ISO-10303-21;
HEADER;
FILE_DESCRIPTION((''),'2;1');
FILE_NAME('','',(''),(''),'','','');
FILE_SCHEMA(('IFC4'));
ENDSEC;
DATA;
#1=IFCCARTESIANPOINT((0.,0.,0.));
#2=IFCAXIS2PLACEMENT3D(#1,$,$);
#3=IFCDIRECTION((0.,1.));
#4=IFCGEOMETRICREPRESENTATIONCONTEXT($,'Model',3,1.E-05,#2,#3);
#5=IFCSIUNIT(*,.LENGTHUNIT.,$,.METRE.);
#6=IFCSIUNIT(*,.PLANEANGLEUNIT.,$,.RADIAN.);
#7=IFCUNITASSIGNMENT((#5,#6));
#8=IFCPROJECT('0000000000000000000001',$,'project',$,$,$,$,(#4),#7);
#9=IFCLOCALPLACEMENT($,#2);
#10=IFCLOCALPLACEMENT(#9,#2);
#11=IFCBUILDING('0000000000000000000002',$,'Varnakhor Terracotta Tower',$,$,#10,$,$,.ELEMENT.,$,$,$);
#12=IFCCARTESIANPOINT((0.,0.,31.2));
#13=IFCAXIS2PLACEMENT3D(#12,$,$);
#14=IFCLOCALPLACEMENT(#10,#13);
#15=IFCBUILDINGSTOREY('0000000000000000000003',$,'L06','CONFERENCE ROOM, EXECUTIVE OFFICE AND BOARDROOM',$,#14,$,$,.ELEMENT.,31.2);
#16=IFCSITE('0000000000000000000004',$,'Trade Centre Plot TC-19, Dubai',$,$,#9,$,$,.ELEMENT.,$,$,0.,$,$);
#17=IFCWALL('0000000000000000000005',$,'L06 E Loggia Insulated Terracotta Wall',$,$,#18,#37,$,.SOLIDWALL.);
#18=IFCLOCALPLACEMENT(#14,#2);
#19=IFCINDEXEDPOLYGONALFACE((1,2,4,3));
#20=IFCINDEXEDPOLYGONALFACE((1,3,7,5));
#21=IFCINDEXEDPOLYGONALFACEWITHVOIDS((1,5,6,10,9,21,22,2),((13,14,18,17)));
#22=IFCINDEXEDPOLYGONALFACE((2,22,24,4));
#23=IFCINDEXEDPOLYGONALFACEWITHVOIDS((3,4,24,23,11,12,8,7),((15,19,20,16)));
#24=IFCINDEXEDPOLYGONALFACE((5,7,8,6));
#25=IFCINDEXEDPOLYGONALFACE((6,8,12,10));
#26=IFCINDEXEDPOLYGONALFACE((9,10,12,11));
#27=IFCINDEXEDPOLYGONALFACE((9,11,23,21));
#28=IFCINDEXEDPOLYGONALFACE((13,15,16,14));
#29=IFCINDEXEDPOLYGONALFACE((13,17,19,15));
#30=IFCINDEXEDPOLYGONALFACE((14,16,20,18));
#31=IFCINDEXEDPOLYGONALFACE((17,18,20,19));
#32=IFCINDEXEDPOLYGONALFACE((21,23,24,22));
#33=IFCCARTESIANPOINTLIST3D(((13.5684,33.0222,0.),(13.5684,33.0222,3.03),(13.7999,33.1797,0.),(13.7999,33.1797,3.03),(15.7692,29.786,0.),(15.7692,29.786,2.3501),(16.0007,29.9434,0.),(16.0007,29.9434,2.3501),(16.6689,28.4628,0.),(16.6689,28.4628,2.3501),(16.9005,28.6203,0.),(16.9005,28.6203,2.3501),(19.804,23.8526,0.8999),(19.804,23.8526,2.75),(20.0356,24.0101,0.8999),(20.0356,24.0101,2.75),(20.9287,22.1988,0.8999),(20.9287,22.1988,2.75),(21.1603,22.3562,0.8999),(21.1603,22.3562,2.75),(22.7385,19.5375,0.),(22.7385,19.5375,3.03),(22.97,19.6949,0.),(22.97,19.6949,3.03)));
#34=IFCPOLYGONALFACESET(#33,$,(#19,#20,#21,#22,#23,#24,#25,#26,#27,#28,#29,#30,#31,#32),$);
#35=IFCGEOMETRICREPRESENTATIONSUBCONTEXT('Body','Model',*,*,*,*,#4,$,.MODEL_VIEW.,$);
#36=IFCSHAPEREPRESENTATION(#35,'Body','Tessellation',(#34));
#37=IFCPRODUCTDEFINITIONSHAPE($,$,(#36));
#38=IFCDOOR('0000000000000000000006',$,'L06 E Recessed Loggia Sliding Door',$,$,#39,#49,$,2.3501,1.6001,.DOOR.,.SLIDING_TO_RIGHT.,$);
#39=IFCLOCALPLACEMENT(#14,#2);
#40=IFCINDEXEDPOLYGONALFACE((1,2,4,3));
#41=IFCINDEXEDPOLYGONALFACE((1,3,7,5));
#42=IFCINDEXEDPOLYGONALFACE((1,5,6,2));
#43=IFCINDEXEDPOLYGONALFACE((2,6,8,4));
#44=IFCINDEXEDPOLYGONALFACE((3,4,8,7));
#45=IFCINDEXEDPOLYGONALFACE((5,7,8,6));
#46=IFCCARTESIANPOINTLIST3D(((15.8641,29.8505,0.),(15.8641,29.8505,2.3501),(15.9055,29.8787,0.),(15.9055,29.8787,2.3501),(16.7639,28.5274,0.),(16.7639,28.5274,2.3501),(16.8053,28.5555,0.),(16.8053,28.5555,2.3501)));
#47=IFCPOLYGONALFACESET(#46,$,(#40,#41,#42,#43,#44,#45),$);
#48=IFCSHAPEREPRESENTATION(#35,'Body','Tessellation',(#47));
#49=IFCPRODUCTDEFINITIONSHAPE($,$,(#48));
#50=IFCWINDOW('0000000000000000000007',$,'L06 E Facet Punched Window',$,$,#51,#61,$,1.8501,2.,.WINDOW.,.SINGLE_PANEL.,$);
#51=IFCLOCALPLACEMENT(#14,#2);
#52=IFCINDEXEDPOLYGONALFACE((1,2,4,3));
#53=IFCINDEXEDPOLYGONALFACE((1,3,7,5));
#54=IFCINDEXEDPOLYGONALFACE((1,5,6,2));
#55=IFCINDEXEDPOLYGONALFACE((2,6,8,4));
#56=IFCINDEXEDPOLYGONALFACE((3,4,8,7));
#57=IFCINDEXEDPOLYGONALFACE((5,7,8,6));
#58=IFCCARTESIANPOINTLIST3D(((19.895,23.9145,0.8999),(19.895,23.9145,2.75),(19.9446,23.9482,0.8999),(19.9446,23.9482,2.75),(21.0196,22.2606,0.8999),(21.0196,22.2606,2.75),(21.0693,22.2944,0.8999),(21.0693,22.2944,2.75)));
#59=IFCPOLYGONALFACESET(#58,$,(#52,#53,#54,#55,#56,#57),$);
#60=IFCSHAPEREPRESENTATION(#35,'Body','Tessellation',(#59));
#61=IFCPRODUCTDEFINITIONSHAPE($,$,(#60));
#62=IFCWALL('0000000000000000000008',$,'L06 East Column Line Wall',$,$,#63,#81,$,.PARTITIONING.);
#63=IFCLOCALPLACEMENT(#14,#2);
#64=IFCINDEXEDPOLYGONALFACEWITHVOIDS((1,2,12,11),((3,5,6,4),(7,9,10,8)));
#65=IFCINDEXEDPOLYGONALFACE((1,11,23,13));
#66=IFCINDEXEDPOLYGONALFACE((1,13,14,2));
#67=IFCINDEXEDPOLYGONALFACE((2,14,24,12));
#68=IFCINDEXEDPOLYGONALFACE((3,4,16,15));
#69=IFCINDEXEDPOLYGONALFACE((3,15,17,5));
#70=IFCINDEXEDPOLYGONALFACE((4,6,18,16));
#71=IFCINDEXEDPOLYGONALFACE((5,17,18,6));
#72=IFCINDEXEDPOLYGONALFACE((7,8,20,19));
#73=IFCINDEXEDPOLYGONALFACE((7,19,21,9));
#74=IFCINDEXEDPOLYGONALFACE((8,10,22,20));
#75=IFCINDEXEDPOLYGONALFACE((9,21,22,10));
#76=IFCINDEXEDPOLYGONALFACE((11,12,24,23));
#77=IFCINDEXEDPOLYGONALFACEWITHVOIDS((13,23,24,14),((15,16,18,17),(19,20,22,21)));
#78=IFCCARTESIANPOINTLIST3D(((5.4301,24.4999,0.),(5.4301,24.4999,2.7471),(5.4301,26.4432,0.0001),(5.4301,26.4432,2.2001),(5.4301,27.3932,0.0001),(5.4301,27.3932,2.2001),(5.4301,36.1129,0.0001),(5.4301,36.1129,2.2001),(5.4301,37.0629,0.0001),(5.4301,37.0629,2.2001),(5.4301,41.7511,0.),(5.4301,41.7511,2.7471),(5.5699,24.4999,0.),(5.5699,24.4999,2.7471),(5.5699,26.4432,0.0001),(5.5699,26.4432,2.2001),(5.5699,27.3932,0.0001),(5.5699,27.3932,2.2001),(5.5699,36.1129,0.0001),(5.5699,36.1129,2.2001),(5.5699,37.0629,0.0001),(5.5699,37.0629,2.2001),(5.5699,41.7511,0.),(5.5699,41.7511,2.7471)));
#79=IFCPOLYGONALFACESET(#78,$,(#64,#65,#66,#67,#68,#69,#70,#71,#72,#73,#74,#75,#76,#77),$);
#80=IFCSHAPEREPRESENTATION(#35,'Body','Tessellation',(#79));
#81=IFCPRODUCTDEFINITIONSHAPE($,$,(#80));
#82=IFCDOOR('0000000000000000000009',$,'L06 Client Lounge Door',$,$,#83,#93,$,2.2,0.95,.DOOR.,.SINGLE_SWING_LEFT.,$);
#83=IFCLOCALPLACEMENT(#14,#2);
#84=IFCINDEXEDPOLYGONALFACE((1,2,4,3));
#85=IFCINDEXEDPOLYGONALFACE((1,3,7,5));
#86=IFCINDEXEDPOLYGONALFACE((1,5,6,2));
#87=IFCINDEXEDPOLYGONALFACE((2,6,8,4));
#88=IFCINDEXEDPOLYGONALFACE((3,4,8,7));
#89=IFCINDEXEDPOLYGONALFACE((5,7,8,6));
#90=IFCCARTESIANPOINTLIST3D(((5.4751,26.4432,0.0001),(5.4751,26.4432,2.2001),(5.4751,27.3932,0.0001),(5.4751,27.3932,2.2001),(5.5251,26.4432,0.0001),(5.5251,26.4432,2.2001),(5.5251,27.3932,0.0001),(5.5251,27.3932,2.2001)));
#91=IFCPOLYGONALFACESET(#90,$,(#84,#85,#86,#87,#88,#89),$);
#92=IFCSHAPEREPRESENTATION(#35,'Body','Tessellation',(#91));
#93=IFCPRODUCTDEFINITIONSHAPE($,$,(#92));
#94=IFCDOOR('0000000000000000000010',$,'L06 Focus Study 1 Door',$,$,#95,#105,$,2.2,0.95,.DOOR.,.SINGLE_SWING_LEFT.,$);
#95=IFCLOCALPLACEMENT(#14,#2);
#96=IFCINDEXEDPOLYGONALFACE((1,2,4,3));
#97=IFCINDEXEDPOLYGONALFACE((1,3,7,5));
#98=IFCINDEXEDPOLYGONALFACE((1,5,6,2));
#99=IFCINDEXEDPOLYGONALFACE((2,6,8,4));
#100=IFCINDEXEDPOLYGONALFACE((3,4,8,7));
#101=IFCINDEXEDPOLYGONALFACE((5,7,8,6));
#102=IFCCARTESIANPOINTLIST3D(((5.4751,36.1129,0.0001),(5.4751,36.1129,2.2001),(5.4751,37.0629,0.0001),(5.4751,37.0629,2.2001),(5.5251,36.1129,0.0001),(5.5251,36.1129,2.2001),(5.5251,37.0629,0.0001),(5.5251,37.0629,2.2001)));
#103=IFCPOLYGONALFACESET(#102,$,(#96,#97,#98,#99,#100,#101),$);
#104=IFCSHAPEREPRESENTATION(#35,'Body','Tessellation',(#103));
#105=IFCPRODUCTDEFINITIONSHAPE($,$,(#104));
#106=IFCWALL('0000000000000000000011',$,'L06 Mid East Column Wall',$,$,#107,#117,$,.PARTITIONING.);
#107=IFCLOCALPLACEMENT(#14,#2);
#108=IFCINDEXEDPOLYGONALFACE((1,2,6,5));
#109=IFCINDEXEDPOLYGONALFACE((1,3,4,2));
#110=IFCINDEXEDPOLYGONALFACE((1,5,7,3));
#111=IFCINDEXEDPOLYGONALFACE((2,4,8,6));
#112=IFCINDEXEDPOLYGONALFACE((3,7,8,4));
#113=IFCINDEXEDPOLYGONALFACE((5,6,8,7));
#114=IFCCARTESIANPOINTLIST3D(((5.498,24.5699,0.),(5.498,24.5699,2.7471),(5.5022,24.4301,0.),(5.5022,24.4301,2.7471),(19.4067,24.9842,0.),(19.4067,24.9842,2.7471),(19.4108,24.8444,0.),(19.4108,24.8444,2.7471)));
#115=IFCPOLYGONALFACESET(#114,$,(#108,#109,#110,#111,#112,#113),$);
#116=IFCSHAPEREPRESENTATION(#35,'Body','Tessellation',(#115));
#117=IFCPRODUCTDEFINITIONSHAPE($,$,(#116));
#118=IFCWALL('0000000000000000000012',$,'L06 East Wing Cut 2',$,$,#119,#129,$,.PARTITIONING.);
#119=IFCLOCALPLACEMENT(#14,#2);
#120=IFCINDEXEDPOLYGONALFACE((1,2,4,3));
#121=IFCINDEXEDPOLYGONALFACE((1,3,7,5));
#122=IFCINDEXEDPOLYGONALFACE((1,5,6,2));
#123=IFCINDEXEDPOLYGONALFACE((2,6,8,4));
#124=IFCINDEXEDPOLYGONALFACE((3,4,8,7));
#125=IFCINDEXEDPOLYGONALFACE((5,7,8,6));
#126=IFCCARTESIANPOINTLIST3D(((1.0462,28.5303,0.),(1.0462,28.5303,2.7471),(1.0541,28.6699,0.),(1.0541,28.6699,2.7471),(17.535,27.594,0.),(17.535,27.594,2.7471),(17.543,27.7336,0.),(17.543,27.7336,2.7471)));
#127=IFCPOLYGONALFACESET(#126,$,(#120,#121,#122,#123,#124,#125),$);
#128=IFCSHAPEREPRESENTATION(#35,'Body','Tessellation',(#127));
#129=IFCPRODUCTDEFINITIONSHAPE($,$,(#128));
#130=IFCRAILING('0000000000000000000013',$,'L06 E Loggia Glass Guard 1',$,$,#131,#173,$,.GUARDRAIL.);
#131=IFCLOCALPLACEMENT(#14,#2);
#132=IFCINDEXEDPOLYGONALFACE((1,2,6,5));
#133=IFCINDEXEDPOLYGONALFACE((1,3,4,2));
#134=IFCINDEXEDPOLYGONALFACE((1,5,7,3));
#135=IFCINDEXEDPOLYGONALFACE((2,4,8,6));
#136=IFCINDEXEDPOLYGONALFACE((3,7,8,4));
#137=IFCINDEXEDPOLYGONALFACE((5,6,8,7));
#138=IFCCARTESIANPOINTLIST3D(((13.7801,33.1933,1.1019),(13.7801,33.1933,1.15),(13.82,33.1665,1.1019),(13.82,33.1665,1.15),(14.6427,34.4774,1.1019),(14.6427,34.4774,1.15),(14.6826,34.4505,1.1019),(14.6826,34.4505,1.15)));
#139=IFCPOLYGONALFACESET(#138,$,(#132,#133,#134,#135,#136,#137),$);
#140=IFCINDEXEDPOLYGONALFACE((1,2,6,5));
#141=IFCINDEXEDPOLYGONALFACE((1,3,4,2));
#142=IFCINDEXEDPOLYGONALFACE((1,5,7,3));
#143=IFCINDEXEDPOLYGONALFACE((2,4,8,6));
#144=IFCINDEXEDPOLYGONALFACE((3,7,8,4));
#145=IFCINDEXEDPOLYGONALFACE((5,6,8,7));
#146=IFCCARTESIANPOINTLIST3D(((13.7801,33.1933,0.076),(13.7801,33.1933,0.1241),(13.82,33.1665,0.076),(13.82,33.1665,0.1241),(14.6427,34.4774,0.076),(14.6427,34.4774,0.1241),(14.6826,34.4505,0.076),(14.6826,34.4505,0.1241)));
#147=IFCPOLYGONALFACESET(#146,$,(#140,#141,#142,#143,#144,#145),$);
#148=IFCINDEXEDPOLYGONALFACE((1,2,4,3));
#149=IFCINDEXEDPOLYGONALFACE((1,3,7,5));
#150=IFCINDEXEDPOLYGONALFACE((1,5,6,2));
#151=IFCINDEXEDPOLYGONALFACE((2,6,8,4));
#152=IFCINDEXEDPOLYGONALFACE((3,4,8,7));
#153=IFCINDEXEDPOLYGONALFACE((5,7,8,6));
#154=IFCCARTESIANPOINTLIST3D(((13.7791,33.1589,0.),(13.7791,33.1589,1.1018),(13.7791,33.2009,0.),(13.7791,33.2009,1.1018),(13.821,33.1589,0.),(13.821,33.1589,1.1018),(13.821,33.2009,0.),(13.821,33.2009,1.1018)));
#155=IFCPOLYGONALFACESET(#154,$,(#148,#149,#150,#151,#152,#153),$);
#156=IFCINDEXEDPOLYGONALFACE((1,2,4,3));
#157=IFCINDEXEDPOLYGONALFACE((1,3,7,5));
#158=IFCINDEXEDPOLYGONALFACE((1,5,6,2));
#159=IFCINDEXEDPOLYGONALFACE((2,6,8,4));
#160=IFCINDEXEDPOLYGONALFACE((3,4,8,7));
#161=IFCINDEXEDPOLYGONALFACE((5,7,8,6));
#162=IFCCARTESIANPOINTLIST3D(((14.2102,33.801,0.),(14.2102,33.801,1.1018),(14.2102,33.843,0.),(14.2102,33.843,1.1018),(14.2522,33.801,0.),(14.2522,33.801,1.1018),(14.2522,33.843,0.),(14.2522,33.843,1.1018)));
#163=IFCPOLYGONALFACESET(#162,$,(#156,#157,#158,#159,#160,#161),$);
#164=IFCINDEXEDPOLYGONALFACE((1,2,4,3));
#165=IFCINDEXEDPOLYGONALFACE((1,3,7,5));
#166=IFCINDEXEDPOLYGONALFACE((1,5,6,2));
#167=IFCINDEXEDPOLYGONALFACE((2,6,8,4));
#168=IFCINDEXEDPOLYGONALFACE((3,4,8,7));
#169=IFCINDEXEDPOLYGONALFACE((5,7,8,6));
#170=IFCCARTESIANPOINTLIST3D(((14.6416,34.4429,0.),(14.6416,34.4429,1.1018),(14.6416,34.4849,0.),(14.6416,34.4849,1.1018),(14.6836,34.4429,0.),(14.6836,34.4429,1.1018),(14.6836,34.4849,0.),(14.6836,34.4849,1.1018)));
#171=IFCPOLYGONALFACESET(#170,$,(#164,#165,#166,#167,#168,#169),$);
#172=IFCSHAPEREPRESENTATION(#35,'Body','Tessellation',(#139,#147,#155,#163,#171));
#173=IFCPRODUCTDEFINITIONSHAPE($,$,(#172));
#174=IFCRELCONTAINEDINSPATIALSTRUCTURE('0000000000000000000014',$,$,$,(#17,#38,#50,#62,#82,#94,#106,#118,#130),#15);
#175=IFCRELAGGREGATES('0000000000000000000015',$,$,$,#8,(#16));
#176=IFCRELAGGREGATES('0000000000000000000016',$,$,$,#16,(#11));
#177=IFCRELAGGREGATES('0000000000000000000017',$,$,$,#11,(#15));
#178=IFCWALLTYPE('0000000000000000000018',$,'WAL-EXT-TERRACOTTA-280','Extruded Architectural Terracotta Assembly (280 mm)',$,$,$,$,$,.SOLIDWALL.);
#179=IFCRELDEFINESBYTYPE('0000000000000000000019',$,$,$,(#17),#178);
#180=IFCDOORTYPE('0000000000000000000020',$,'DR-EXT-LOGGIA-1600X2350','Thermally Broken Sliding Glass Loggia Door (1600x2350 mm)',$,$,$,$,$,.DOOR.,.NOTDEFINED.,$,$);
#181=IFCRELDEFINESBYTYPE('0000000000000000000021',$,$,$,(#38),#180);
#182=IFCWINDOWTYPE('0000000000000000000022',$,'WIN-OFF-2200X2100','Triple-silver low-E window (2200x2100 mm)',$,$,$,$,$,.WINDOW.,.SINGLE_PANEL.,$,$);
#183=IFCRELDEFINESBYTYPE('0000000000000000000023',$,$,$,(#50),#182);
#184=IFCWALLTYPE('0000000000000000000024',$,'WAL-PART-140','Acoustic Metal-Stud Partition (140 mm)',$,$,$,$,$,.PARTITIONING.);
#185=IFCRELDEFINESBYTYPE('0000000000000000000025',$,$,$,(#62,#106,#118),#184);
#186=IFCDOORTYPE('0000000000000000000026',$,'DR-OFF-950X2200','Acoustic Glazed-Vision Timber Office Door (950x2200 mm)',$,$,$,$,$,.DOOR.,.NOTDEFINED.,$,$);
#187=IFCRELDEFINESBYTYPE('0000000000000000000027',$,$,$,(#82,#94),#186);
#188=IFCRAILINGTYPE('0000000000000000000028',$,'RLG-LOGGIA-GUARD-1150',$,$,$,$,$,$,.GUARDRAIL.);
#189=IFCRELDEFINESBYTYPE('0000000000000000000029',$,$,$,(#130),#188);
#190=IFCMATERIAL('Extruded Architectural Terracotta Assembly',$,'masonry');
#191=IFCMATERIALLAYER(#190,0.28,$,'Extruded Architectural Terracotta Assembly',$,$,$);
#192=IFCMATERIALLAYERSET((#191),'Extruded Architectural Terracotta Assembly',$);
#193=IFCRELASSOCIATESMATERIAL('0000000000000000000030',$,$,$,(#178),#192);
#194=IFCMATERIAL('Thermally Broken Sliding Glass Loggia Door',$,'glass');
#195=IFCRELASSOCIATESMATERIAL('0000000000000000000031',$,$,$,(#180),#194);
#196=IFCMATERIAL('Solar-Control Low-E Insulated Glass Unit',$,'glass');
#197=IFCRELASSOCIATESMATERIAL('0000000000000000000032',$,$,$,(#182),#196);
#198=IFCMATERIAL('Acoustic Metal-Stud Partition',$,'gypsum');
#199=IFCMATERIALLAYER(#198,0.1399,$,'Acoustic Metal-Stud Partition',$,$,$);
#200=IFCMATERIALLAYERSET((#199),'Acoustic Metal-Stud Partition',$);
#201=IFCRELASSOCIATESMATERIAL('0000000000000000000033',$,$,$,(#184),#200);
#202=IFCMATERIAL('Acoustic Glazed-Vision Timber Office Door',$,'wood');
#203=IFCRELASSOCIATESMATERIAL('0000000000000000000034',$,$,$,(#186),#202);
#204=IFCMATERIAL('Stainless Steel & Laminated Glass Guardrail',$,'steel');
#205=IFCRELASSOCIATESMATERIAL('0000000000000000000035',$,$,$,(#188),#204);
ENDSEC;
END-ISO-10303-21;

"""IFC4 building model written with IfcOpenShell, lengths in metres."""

from ifc_helpers import new_model, si_unit, direction, frame, frame_2d, origin, origin_2d, place, context, subcontext, project, spatial, rectangle, extrude, source, transform, mapped, material, layer, layer_set, type_object, type_shapes, element, fill, save


model = new_model("IFC4")

# Units and contexts
model_context = context("Model", 3, precision=1e-05, world=origin(), true_north=direction((0.0, 1.0)))
body_context = subcontext(model_context, "Body", "Model", "MODEL_VIEW")
ifc_project = project(units=[si_unit("LENGTHUNIT", "METRE"), si_unit("PLANEANGLEUNIT", "RADIAN")], contexts=[model_context])

# Site, building, storey
site_placement = place(None, origin())
site = spatial("IfcSite", under=ifc_project, at=site_placement, Name="Trade Centre Plot TC-19, Dubai", CompositionType="ELEMENT", RefElevation=0.0)
building_placement = place(site_placement, origin())
building = spatial("IfcBuilding", under=site, at=building_placement, Name="Varnakhor Terracotta Tower", CompositionType="ELEMENT")
storey_placement = place(building_placement, frame((0.0, 0.0, 31.2)))
storey = spatial("IfcBuildingStorey", under=building, at=storey_placement, Name="L06", Description="CONFERENCE ROOM, EXECUTIVE OFFICE AND BOARDROOM", CompositionType="ELEMENT", Elevation=31.2)

# Wall, openings, door, window
ifc_material_1 = material(Name="Extruded Architectural Terracotta Assembly", Category="masonry")
ifc_layer_1 = layer(ifc_material_1, 0.28, Name="Extruded Architectural Terracotta Assembly")
ifc_layer_set_1 = layer_set([ifc_layer_1], Name="Extruded Architectural Terracotta Assembly")
wall_type_1 = type_object("IfcWallType", Name="WAL-EXT-TERRACOTTA-280", Description="Extruded Architectural Terracotta Assembly (280 mm)", PredefinedType="SOLIDWALL", material=ifc_layer_set_1)
wall_1_placement = place(storey_placement, frame((13.6841, 33.1011, 0.0), z_axis=(0.0, 0.0, 1.0), x_axis=(0.562329, -0.826913, 0.0)))
wall_1 = element("IfcWall", 1, at=wall_1_placement, inside=storey, type_object=wall_type_1, Name="L06 E Loggia Insulated Terracotta Wall", PredefinedType="SOLIDWALL", context=body_context, shape_type="SweptSolid", body=[
    extrude(rectangle(XDim=16.3074, YDim=0.28, at=frame_2d((8.1538, 0.0))), origin(), (0.0, 0.0, 1.0), 3.03),
])
opening_1_placement = place(wall_1_placement, frame((3.9138, 0.0, 0.0)))
opening_1 = element("IfcOpeningElement", 2, at=opening_1_placement, cuts=wall_1, PredefinedType="OPENING", context=body_context, shape_type="SweptSolid", body=[
    extrude(rectangle(XDim=1.6001, YDim=2.3501, at=frame_2d((0.8, 1.175))), frame((0.0, 0.1499, 0.0), z_axis=(0.0, -1.0, 0.0), x_axis=(1.0, 0.0, 0.0)), (0.0, 0.0, 1.0), 0.3),
])
opening_2_placement = place(wall_1_placement, frame((11.0891, 0.0, 0.8999)))
opening_2 = element("IfcOpeningElement", 3, at=opening_2_placement, cuts=wall_1, PredefinedType="OPENING", context=body_context, shape_type="SweptSolid", body=[
    extrude(rectangle(XDim=2.0, YDim=1.8501, at=frame_2d((1.0, 0.925))), frame((0.0, 0.1499, 0.0), z_axis=(0.0, -1.0, 0.0), x_axis=(1.0, 0.0, 0.0)), (0.0, 0.0, 1.0), 0.3),
])
ifc_material_2 = material(Name="Thermally Broken Sliding Glass Loggia Door", Category="glass")
door_type_1 = type_object("IfcDoorType", Name="DR-EXT-LOGGIA-1600X2350", Description="Thermally Broken Sliding Glass Loggia Door (1600x2350 mm)", OperationType="NOTDEFINED", PredefinedType="DOOR", material=ifc_material_2)
shared_shape_1 = source(origin(), body_context, "Body", "SweptSolid", [
    extrude(rectangle(XDim=1.6001, YDim=2.3501, at=frame_2d((0.8, 1.175))), frame((0.0, 0.0249, 0.0), z_axis=(0.0, -1.0, 0.0), x_axis=(1.0, 0.0, 0.0)), (0.0, 0.0, 1.0), 0.05),
])
type_shapes(door_type_1, [shared_shape_1])
door_1_placement = place(opening_1_placement, origin())
door_1 = element("IfcDoor", 4, at=door_1_placement, inside=storey, type_object=door_type_1, Name="L06 E Recessed Loggia Sliding Door", OperationType="SLIDING_TO_RIGHT", OverallHeight=2.3501, OverallWidth=1.6001, PredefinedType="DOOR", context=body_context, shape_type="MappedRepresentation", body=[
    mapped(shared_shape_1, transform((0.0, 0.0, 0.0), scale=1.0)),
])
fill(opening_1, door_1)
ifc_material_3 = material(Name="Solar-Control Low-E Insulated Glass Unit", Category="glass")
window_type = type_object("IfcWindowType", Name="WIN-OFF-2200X2100", Description="Triple-silver low-E window (2200x2100 mm)", PartitioningType="SINGLE_PANEL", PredefinedType="WINDOW", material=ifc_material_3)
shared_shape_2 = source(origin(), body_context, "Body", "SweptSolid", [
    extrude(rectangle(XDim=2.0, YDim=1.8501, at=frame_2d((1.0, 0.925))), frame((0.0, 0.03, 0.0), z_axis=(0.0, -1.0, 0.0), x_axis=(1.0, 0.0, 0.0)), (0.0, 0.0, 1.0), 0.0601),
])
type_shapes(window_type, [shared_shape_2])
window_placement = place(opening_2_placement, origin())
window = element("IfcWindow", 5, at=window_placement, inside=storey, type_object=window_type, Name="L06 E Facet Punched Window", OverallHeight=1.8501, OverallWidth=2.0, PartitioningType="SINGLE_PANEL", PredefinedType="WINDOW", context=body_context, shape_type="MappedRepresentation", body=[
    mapped(shared_shape_2, transform((0.0, 0.0, 0.0), scale=1.0)),
])
fill(opening_2, window)

# Wall, openings, doors
ifc_material_4 = material(Name="Acoustic Metal-Stud Partition", Category="gypsum")
ifc_layer_2 = layer(ifc_material_4, 0.1399, Name="Acoustic Metal-Stud Partition")
ifc_layer_set_2 = layer_set([ifc_layer_2], Name="Acoustic Metal-Stud Partition")
wall_type_2 = type_object("IfcWallType", Name="WAL-PART-140", Description="Acoustic Metal-Stud Partition (140 mm)", PredefinedType="PARTITIONING", material=ifc_layer_set_2)
wall_2_placement = place(storey_placement, frame((5.5, 24.5, 0.0), z_axis=(0.0, 0.0, 1.0), x_axis=(0.0, 1.0, 0.0)))
wall_2 = element("IfcWall", 6, at=wall_2_placement, inside=storey, type_object=wall_type_2, Name="L06 East Column Line Wall", PredefinedType="PARTITIONING", context=body_context, shape_type="SweptSolid", body=[
    extrude(rectangle(XDim=17.2512, YDim=0.1399, at=frame_2d((8.6255, 0.0))), origin(), (0.0, 0.0, 1.0), 2.7471),
])
opening_3_placement = place(wall_2_placement, frame((1.9431, 0.0, 0.0)))
opening_3 = element("IfcOpeningElement", 7, at=opening_3_placement, cuts=wall_2, PredefinedType="OPENING", context=body_context, shape_type="SweptSolid", body=[
    extrude(rectangle(XDim=0.95, YDim=2.2, at=frame_2d((0.4751, 1.1001))), frame((0.0, 0.0801, 0.0), z_axis=(0.0, -1.0, 0.0), x_axis=(1.0, 0.0, 0.0)), (0.0, 0.0, 1.0), 0.1599),
])
opening_4_placement = place(wall_2_placement, frame((11.6128, 0.0, 0.0)))
opening_4 = element("IfcOpeningElement", 8, at=opening_4_placement, cuts=wall_2, PredefinedType="OPENING", context=body_context, shape_type="SweptSolid", body=[
    extrude(rectangle(XDim=0.95, YDim=2.2, at=frame_2d((0.4751, 1.1001))), frame((0.0, 0.0801, 0.0), z_axis=(0.0, -1.0, 0.0), x_axis=(1.0, 0.0, 0.0)), (0.0, 0.0, 1.0), 0.1599),
])
ifc_material_5 = material(Name="Acoustic Glazed-Vision Timber Office Door", Category="wood")
door_type_2 = type_object("IfcDoorType", Name="DR-OFF-950X2200", Description="Acoustic Glazed-Vision Timber Office Door (950x2200 mm)", OperationType="NOTDEFINED", PredefinedType="DOOR", material=ifc_material_5)
shared_shape_3 = source(origin(), body_context, "Body", "SweptSolid", [
    extrude(rectangle(XDim=0.95, YDim=2.2, at=frame_2d((0.4751, 1.1001))), frame((0.0, 0.0249, 0.0), z_axis=(0.0, -1.0, 0.0), x_axis=(1.0, 0.0, 0.0)), (0.0, 0.0, 1.0), 0.05),
])
type_shapes(door_type_2, [shared_shape_3])
door_2_placement = place(opening_3_placement, origin())
door_2 = element("IfcDoor", 9, at=door_2_placement, inside=storey, type_object=door_type_2, Name="L06 Client Lounge Door", OperationType="SINGLE_SWING_LEFT", OverallHeight=2.2, OverallWidth=0.95, PredefinedType="DOOR", context=body_context, shape_type="MappedRepresentation", body=[
    mapped(shared_shape_3, transform((0.0, 0.0, 0.0), scale=1.0)),
])
fill(opening_3, door_2)
door_3_placement = place(opening_4_placement, origin())
door_3 = element("IfcDoor", 10, at=door_3_placement, inside=storey, type_object=door_type_2, Name="L06 Focus Study 1 Door", OperationType="SINGLE_SWING_LEFT", OverallHeight=2.2, OverallWidth=0.95, PredefinedType="DOOR", context=body_context, shape_type="MappedRepresentation", body=[
    mapped(shared_shape_3, transform((0.0, 0.0, 0.0), scale=1.0)),
])
fill(opening_4, door_3)

# Walls
wall_3_placement = place(storey_placement, frame((5.5, 24.5, 0.0), z_axis=(0.0, 0.0, 1.0), x_axis=(0.999557, 0.029774, 0.0)))
element("IfcWall", 11, at=wall_3_placement, inside=storey, type_object=wall_type_2, Name="L06 Mid East Column Wall", PredefinedType="PARTITIONING", context=body_context, shape_type="SweptSolid", body=[
    extrude(rectangle(XDim=13.9148, YDim=0.1399, at=frame_2d((6.9575, 0.0))), origin(), (0.0, 0.0, 1.0), 2.7471),
])
wall_4_placement = place(storey_placement, frame((1.05, 28.6001, 0.0), z_axis=(0.0, 0.0, 1.0), x_axis=(0.998392, -0.056692, 0.0)))
element("IfcWall", 12, at=wall_4_placement, inside=storey, type_object=wall_type_2, Name="L06 East Wing Cut 2", PredefinedType="PARTITIONING", context=body_context, shape_type="SweptSolid", body=[
    extrude(rectangle(XDim=16.5154, YDim=0.1399, at=frame_2d((8.2578, 0.0))), origin(), (0.0, 0.0, 1.0), 2.7471),
])

# Railing
ifc_material_6 = material(Name="Stainless Steel & Laminated Glass Guardrail", Category="steel")
railing_type = type_object("IfcRailingType", Name="RLG-LOGGIA-GUARD-1150", PredefinedType="GUARDRAIL", material=ifc_material_6)
railing_1_placement = place(storey_placement, frame((13.8, 33.1799, 0.0)))
element("IfcRailing", 13, at=railing_1_placement, inside=storey, type_object=railing_type, Name="L06 E Loggia Glass Guard 1", PredefinedType="GUARDRAIL", context=body_context, shape_type="SweptSolid", body=[
    extrude(rectangle(XDim=0.0481, YDim=0.0481, at=origin_2d()), frame((0.0, 0.0, 1.126), z_axis=(0.557647, 0.830078, 0.0), x_axis=(-0.830078, 0.557647, 0.0)), (0.0, 0.0, 1.0), 1.5469),
    extrude(rectangle(XDim=0.0481, YDim=0.0481, at=origin_2d()), frame((0.0, 0.0, 0.1001), z_axis=(0.557647, 0.830078, 0.0), x_axis=(-0.830078, 0.557647, 0.0)), (0.0, 0.0, 1.0), 1.5469),
    extrude(rectangle(XDim=0.042, YDim=0.042, at=origin_2d()), origin(), (0.0, 0.0, 1.0), 1.1018),
    extrude(rectangle(XDim=0.042, YDim=0.042, at=origin_2d()), frame((0.4312, 0.6421, 0.0)), (0.0, 0.0, 1.0), 1.1018),
    extrude(rectangle(XDim=0.042, YDim=0.042, at=origin_2d()), frame((0.8625, 1.2839, 0.0)), (0.0, 0.0, 1.0), 1.1018),
])

save(model, "model.ifc")
